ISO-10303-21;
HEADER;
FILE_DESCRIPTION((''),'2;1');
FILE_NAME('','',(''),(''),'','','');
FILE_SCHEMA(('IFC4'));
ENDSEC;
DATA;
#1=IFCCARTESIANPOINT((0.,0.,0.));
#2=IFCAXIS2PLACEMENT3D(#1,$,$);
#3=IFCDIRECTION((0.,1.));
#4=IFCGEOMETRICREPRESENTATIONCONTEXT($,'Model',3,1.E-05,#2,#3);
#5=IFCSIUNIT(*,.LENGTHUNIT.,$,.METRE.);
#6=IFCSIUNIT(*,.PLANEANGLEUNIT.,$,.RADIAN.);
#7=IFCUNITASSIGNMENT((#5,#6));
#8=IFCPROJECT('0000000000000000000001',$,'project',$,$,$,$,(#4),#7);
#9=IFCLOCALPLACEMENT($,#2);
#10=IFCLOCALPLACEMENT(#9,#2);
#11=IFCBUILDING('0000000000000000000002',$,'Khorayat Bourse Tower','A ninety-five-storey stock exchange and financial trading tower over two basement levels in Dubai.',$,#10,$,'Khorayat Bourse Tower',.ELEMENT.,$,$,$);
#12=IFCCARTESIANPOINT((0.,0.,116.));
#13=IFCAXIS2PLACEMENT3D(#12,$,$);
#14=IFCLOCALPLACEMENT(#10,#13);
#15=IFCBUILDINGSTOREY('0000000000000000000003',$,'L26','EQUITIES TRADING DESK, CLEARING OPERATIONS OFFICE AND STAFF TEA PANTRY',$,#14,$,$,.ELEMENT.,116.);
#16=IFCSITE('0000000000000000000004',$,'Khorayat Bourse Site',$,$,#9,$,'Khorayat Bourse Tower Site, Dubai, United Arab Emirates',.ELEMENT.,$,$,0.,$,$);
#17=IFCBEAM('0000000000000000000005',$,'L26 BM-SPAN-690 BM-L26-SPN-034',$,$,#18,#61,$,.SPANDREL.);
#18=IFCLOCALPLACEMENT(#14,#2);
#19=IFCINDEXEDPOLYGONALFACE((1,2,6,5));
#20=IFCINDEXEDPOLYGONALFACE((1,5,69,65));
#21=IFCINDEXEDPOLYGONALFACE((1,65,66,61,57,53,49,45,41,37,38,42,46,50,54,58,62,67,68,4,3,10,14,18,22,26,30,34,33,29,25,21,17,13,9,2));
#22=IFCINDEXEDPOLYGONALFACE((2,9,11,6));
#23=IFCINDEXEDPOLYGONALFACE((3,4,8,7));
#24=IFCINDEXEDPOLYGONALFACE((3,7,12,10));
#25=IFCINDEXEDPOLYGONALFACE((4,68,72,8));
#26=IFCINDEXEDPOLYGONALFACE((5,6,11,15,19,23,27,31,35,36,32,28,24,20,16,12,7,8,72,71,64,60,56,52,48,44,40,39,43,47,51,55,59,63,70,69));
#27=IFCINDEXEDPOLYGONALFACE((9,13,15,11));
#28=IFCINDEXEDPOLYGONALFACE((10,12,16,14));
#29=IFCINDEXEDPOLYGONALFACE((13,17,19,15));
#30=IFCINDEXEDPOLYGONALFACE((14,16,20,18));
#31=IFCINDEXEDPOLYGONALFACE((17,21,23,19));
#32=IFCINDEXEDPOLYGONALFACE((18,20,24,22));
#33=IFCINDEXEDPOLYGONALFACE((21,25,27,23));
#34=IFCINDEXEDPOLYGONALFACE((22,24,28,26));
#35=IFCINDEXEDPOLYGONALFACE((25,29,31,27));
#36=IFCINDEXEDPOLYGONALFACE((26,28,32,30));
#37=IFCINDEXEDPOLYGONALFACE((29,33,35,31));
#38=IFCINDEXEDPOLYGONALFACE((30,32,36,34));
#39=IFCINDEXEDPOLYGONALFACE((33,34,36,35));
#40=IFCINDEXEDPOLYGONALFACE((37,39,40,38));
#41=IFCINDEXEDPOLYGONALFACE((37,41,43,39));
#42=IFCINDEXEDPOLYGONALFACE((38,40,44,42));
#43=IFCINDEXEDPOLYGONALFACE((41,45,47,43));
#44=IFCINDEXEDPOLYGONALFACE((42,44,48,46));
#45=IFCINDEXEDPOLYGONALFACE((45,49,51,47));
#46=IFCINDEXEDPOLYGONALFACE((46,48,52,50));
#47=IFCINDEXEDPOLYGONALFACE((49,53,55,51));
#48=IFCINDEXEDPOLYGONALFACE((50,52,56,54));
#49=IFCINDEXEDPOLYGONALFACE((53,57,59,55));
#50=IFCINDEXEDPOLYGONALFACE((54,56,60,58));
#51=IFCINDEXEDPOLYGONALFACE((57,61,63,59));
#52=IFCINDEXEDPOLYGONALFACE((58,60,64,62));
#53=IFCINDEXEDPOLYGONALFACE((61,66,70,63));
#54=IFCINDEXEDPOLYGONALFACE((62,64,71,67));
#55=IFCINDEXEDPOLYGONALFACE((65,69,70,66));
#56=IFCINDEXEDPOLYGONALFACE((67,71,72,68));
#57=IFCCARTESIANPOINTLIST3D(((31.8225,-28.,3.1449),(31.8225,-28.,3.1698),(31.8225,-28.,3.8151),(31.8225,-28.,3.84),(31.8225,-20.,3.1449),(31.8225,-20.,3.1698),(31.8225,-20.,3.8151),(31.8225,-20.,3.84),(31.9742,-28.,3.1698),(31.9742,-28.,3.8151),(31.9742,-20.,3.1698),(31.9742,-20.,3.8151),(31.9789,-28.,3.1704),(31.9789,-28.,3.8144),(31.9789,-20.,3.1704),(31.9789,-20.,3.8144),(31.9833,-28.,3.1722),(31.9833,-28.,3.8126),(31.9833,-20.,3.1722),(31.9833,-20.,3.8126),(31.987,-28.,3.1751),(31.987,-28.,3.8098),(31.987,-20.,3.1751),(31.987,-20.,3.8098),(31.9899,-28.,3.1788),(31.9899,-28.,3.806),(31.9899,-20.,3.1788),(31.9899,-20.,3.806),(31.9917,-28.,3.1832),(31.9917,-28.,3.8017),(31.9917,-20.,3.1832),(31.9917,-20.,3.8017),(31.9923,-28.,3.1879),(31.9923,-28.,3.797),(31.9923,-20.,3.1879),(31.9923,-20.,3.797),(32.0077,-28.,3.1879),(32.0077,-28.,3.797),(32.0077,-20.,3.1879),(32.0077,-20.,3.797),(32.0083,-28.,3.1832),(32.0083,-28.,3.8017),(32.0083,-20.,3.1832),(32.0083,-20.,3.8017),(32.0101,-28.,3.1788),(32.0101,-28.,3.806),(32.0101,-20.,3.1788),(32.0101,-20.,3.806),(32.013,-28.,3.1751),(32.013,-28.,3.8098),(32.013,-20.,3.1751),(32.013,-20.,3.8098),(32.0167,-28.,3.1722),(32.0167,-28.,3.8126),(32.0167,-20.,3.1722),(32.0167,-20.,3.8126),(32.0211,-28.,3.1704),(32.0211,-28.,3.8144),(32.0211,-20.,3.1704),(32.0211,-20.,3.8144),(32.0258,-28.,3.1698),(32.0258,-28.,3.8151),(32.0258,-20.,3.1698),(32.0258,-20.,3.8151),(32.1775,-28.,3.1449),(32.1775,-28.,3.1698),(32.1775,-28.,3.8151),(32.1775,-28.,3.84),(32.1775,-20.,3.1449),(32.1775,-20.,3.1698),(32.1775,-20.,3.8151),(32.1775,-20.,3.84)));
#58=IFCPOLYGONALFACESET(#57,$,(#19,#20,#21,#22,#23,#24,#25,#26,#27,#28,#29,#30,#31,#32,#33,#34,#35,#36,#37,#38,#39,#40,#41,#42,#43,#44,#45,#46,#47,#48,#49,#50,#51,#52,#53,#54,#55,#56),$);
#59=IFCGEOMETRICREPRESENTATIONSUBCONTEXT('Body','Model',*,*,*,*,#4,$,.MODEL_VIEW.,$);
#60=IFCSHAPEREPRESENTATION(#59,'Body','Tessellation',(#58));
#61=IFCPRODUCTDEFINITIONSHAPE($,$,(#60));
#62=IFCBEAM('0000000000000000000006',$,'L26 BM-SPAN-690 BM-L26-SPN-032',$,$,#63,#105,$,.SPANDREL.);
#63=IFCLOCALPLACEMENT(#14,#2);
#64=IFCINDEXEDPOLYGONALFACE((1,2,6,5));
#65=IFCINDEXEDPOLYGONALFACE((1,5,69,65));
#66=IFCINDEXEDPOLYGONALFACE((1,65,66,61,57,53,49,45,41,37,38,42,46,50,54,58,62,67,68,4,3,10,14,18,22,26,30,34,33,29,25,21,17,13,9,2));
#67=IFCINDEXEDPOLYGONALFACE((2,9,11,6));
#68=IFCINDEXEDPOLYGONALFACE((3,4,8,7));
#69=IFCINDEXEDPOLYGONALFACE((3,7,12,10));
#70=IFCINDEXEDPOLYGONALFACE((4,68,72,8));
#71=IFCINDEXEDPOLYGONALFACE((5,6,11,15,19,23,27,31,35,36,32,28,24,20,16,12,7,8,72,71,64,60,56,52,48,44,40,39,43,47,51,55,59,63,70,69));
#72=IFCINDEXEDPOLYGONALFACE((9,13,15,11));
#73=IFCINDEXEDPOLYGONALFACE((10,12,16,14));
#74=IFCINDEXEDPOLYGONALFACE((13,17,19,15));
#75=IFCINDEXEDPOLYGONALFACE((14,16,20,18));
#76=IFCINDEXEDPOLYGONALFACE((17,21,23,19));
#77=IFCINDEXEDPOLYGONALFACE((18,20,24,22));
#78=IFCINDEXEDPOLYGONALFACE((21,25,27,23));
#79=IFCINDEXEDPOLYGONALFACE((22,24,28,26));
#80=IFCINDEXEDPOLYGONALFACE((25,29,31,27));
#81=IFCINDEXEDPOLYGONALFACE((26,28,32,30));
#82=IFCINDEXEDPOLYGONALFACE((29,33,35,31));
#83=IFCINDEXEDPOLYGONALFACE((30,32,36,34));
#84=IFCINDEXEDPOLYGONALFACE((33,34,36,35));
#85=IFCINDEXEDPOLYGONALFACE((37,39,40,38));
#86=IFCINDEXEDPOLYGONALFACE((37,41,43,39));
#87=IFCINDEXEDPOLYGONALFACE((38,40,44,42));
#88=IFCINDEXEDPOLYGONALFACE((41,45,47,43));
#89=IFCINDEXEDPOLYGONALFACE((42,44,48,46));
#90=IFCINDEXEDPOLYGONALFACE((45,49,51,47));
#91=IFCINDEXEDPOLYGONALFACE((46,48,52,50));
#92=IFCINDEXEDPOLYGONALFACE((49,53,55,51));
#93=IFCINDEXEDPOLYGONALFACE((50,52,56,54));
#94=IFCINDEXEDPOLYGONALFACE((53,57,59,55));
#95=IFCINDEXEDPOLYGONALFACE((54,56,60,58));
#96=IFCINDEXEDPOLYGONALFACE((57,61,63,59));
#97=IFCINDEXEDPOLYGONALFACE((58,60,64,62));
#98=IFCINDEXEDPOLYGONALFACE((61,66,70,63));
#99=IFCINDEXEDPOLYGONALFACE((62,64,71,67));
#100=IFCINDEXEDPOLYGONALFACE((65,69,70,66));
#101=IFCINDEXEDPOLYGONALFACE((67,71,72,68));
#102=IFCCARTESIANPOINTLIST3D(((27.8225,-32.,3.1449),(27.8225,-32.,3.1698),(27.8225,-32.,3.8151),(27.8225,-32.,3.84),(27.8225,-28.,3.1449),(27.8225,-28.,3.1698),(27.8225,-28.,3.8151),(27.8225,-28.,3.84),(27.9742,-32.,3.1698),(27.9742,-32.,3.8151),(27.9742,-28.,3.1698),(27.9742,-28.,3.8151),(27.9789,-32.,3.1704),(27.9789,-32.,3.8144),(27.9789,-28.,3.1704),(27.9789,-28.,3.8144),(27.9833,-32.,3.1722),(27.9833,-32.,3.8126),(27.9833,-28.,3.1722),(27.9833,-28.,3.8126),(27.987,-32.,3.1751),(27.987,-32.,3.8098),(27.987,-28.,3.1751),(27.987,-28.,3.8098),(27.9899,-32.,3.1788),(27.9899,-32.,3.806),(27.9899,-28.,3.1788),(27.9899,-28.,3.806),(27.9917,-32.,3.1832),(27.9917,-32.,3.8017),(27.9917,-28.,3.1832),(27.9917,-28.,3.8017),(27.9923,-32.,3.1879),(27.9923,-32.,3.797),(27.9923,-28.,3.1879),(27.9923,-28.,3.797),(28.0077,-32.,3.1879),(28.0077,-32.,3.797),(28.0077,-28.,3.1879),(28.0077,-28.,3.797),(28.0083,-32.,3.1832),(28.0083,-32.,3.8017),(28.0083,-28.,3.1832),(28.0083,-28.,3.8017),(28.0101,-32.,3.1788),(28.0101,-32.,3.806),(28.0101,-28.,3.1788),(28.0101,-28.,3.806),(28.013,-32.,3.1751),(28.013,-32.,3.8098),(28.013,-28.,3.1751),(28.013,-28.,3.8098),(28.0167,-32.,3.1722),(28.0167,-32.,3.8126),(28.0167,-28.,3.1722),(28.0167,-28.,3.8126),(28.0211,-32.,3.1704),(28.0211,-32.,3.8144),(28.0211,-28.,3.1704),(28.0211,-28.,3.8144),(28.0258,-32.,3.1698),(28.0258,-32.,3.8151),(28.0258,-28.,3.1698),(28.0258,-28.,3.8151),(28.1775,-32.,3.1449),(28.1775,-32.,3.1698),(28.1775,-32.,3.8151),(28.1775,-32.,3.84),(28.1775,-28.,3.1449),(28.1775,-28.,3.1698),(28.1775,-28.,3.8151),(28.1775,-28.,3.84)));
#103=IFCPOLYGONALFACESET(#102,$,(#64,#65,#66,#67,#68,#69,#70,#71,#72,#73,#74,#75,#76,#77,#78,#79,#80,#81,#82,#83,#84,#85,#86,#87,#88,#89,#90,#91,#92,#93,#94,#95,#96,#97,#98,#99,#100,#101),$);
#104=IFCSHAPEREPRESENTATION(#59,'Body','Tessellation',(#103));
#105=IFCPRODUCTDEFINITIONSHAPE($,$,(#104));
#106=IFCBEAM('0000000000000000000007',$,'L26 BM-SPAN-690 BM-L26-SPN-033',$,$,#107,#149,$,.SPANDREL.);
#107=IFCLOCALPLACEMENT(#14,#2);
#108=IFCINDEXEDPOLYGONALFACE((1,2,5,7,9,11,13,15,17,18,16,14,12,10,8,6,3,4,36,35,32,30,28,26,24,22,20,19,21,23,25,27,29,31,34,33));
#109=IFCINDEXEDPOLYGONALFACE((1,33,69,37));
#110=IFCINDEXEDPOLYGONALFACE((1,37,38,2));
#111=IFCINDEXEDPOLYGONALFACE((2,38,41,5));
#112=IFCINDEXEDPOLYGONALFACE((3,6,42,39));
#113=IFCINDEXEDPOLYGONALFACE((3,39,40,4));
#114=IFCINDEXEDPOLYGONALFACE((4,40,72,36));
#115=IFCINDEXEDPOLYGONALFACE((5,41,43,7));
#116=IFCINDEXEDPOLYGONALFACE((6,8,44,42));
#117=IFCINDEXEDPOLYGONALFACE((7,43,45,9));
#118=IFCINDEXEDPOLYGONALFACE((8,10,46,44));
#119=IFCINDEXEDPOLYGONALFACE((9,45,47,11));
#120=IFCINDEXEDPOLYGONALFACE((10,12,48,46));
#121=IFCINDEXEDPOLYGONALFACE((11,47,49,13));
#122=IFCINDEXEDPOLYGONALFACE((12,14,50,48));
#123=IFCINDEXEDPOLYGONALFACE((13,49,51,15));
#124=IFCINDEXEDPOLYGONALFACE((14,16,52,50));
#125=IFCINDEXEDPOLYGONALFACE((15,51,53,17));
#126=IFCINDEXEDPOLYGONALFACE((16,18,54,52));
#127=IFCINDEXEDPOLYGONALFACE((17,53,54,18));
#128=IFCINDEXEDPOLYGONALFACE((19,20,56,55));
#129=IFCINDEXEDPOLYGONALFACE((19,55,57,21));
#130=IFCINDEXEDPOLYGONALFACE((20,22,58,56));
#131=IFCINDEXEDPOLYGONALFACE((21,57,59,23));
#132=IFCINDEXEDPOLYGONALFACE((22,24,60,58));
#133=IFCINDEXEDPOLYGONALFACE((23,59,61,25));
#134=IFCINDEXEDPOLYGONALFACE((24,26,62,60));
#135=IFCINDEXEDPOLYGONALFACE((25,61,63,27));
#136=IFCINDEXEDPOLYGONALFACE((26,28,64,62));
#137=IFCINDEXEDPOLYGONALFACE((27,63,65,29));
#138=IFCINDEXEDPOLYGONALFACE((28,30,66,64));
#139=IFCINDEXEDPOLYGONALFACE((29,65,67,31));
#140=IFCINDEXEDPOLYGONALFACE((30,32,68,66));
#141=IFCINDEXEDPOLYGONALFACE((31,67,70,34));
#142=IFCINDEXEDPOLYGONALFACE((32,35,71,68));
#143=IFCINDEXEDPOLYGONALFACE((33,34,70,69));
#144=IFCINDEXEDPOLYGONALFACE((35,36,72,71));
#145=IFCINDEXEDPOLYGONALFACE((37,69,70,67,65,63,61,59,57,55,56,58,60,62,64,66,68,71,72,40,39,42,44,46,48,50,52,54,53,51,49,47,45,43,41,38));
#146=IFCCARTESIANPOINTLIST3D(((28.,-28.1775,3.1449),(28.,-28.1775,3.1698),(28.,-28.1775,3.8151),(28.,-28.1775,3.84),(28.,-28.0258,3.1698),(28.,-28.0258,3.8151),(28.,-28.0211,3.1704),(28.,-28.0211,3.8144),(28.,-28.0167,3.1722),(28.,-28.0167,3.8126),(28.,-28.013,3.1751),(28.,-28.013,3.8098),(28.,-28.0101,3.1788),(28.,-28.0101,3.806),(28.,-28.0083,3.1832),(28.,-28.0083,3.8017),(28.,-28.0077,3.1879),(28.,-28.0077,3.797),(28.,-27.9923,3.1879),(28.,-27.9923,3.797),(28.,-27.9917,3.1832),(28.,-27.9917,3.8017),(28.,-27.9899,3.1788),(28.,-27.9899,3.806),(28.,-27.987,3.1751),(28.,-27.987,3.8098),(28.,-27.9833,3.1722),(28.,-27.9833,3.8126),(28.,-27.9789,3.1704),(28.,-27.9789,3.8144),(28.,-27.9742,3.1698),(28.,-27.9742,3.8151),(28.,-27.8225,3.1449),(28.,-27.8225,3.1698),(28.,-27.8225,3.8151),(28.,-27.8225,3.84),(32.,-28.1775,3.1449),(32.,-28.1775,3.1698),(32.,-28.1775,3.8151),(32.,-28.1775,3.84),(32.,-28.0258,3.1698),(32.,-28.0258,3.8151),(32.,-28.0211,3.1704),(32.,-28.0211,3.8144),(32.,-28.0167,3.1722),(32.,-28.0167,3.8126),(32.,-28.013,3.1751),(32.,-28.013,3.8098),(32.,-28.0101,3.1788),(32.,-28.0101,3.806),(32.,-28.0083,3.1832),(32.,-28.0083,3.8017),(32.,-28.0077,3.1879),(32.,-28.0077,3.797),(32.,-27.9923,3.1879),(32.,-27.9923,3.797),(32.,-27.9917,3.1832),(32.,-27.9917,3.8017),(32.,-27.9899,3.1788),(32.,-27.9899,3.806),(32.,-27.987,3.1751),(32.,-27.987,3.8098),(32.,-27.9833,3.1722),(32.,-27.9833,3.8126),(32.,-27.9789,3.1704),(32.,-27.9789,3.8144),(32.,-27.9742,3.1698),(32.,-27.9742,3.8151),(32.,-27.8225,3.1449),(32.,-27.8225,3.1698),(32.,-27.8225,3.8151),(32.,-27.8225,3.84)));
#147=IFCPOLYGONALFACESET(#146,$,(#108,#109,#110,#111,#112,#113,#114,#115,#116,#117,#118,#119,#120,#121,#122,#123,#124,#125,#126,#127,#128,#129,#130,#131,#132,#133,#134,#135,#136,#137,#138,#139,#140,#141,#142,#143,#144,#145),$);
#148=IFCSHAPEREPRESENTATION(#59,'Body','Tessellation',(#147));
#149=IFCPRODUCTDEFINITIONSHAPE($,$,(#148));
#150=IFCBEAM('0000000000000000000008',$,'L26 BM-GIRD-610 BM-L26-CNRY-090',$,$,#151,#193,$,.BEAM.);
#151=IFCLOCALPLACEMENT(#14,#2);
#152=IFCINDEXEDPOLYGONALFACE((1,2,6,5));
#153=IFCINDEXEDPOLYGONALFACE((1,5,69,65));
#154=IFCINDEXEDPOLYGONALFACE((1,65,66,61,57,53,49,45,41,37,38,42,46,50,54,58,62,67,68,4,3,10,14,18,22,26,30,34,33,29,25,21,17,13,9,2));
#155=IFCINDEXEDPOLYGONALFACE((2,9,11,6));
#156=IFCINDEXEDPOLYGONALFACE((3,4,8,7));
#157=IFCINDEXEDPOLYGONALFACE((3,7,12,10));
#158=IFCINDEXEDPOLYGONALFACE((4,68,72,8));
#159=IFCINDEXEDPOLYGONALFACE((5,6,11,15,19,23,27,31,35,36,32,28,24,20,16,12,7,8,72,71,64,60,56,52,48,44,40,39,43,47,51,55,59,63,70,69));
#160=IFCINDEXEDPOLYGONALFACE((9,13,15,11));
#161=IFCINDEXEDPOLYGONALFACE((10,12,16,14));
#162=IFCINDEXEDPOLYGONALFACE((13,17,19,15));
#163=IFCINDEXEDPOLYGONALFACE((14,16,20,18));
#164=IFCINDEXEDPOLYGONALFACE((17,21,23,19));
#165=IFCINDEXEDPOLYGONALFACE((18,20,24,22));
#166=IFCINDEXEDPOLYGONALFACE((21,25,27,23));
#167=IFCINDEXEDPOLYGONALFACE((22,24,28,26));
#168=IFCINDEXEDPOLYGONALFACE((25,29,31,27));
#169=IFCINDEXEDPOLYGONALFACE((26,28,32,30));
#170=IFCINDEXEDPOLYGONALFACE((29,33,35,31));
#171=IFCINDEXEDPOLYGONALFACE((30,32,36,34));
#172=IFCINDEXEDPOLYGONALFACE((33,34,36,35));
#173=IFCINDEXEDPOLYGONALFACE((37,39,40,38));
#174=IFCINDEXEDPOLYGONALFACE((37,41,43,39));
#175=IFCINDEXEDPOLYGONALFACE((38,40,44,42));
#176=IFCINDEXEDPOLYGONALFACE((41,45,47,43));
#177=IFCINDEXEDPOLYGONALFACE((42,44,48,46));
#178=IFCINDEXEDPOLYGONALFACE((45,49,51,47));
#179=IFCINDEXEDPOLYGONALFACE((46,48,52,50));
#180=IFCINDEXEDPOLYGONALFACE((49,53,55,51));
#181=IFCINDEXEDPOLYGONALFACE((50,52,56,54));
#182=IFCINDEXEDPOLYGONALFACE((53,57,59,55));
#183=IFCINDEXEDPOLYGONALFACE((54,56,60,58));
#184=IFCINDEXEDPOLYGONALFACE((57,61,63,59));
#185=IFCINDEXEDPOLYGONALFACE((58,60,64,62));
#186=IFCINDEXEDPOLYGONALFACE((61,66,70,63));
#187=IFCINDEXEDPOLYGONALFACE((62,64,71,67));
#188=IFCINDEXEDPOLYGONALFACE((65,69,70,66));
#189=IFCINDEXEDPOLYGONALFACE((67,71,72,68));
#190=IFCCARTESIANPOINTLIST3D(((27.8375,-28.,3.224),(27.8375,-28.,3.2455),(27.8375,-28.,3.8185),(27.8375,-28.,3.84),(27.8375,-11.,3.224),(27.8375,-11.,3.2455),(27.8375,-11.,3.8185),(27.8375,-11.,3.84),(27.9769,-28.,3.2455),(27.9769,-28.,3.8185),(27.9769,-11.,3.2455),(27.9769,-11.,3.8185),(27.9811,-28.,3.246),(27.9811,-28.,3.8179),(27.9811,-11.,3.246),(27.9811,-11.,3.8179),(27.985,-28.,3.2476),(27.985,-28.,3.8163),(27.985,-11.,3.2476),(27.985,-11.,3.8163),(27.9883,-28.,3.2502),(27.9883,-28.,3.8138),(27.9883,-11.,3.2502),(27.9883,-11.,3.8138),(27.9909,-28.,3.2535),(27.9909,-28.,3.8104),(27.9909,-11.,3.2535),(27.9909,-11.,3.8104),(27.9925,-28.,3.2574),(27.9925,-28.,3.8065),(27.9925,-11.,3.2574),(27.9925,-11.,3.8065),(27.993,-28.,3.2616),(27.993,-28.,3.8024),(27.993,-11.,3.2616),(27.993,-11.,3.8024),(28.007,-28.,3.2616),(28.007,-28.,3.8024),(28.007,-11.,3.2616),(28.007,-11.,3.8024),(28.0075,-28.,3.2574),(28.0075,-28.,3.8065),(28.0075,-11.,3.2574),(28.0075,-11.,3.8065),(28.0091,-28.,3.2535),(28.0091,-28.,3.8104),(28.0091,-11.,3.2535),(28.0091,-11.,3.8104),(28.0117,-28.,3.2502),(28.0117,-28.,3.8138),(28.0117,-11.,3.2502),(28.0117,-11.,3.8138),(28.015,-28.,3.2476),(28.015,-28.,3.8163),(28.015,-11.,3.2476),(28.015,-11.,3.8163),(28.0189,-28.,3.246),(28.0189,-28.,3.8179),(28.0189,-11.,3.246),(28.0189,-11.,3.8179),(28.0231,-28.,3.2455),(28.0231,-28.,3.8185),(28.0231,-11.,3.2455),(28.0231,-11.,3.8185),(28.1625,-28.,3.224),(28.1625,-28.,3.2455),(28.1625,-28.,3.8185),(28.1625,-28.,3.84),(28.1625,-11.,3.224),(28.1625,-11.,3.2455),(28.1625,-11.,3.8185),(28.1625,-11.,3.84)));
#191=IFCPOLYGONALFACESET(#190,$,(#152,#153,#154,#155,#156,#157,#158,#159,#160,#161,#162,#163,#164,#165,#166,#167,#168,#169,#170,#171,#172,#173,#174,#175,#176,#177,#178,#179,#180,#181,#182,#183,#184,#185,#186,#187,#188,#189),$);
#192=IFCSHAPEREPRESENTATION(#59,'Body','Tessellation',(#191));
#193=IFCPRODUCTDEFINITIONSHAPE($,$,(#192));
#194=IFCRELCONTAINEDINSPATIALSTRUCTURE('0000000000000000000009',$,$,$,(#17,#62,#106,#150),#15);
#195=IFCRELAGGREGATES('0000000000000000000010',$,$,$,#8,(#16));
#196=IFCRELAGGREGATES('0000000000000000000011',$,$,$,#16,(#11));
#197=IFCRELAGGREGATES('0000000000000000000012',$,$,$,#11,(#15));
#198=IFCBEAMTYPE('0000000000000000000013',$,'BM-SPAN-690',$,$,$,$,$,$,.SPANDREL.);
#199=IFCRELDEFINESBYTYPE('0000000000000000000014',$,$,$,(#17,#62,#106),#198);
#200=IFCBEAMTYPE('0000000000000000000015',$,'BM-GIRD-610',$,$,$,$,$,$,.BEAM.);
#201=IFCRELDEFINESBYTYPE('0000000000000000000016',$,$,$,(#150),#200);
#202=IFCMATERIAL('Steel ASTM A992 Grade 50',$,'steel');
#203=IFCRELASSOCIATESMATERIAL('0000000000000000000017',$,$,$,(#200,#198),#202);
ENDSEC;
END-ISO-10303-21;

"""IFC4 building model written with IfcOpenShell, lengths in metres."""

from ifc_helpers import new_model, si_unit, direction, frame, origin, origin_2d, place, context, subcontext, project, spatial, i_section, extrude, source, transform, mapped, material, material_profile, profile_set, type_object, element, save


model = new_model("IFC4")

# Units and contexts
model_context = context("Model", 3, precision=1e-05, world=origin(), true_north=direction((0.0, 1.0)))
body_context = subcontext(model_context, "Body", "Model", "MODEL_VIEW")
ifc_project = project(units=[si_unit("LENGTHUNIT", "METRE"), si_unit("PLANEANGLEUNIT", "RADIAN")], contexts=[model_context])

# Site, building, storey
site_placement = place(None, origin())
site = spatial("IfcSite", under=ifc_project, at=site_placement, Name="Khorayat Bourse Site", LongName="Khorayat Bourse Tower Site, Dubai, United Arab Emirates", CompositionType="ELEMENT", RefElevation=0.0)
building_placement = place(site_placement, origin())
building = spatial("IfcBuilding", under=site, at=building_placement, Name="Khorayat Bourse Tower", Description="A ninety-five-storey stock exchange and financial trading tower over two basement levels in Dubai.", LongName="Khorayat Bourse Tower", CompositionType="ELEMENT")
storey_placement = place(building_placement, frame((0.0, 0.0, 116.0)))
storey = spatial("IfcBuildingStorey", under=building, at=storey_placement, Name="L26", Description="EQUITIES TRADING DESK, CLEARING OPERATIONS OFFICE AND STAFF TEA PANTRY", CompositionType="ELEMENT", Elevation=116.0)

# Beams
ifc_material_1 = material(Name="Steel ASTM A992 Grade 50", Category="steel")
ifc_material_profile_1 = material_profile(ifc_material_1, i_section(OverallWidth=0.325, OverallDepth=0.616, WebThickness=0.0139, FlangeThickness=0.0215, FilletRadius=0.0161, at=origin_2d()), Name="W610X174")
ifc_profile_set_1 = profile_set([ifc_material_profile_1], Name="Steel ASTM A992 Grade 50")
beam_type_1 = type_object("IfcBeamType", Name="BM-GIRD-610", PredefinedType="BEAM", material=ifc_profile_set_1)
ifc_material_profile_2 = material_profile(ifc_material_1, i_section(OverallWidth=0.355, OverallDepth=0.6951, WebThickness=0.0154, FlangeThickness=0.0249, FilletRadius=0.0181, at=origin_2d()), Name="W690X217")
ifc_profile_set_2 = profile_set([ifc_material_profile_2], Name="Steel ASTM A992 Grade 50")
beam_type_2 = type_object("IfcBeamType", Name="BM-SPAN-690", PredefinedType="SPANDREL", material=ifc_profile_set_2)
shared_shape_1 = source(origin(), body_context, "Body", "SweptSolid", [
    extrude(i_section(OverallWidth=0.355, OverallDepth=0.6951, WebThickness=0.0154, FlangeThickness=0.0249, FilletRadius=0.0181, at=origin_2d()), origin(), (0.0, 0.0, 1.0), 8.0),
])
for number, where, z_axis, x_axis, name in (
    (1, (32.0, -28.0, 3.4924), (0.0, 1.0, 0.0), (-1.0, 0.0, 0.0), "L26 BM-SPAN-690 BM-L26-SPN-034"),
):
    element("IfcBeam", number, at=place(storey_placement, frame(where, z_axis=z_axis, x_axis=x_axis)), inside=storey, type_object=beam_type_2, Name=name, PredefinedType="SPANDREL", context=body_context, shape_type="MappedRepresentation", body=[
        mapped(shared_shape_1, transform((0.0, 0.0, 0.0), scale=1.0)),
    ])
shared_shape_2 = source(origin(), body_context, "Body", "SweptSolid", [
    extrude(i_section(OverallWidth=0.355, OverallDepth=0.6951, WebThickness=0.0154, FlangeThickness=0.0249, FilletRadius=0.0181, at=origin_2d()), origin(), (0.0, 0.0, 1.0), 4.0),
])
for number, where, z_axis, x_axis, name in (
    (2, (28.0, -32.0, 3.4924), (0.0, 1.0, 0.0), (-1.0, 0.0, 0.0), "L26 BM-SPAN-690 BM-L26-SPN-032"),
    (3, (28.0, -28.0, 3.4924), (1.0, 0.0, 0.0), (0.0, 1.0, 0.0), "L26 BM-SPAN-690 BM-L26-SPN-033"),
):
    element("IfcBeam", number, at=place(storey_placement, frame(where, z_axis=z_axis, x_axis=x_axis)), inside=storey, type_object=beam_type_2, Name=name, PredefinedType="SPANDREL", context=body_context, shape_type="MappedRepresentation", body=[
        mapped(shared_shape_2, transform((0.0, 0.0, 0.0), scale=1.0)),
    ])
shared_shape_3 = source(origin(), body_context, "Body", "SweptSolid", [
    extrude(i_section(OverallWidth=0.325, OverallDepth=0.616, WebThickness=0.0139, FlangeThickness=0.0215, FilletRadius=0.0161, at=origin_2d()), origin(), (0.0, 0.0, 1.0), 17.0),
])
beam_1_placement = place(storey_placement, frame((28.0, -28.0, 3.532), z_axis=(0.0, 1.0, 0.0), x_axis=(-1.0, 0.0, 0.0)))
element("IfcBeam", 4, at=beam_1_placement, inside=storey, type_object=beam_type_1, Name="L26 BM-GIRD-610 BM-L26-CNRY-090", PredefinedType="BEAM", context=body_context, shape_type="MappedRepresentation", body=[
    mapped(shared_shape_3, transform((0.0, 0.0, 0.0), scale=1.0)),
])

save(model, "model.ifc")
